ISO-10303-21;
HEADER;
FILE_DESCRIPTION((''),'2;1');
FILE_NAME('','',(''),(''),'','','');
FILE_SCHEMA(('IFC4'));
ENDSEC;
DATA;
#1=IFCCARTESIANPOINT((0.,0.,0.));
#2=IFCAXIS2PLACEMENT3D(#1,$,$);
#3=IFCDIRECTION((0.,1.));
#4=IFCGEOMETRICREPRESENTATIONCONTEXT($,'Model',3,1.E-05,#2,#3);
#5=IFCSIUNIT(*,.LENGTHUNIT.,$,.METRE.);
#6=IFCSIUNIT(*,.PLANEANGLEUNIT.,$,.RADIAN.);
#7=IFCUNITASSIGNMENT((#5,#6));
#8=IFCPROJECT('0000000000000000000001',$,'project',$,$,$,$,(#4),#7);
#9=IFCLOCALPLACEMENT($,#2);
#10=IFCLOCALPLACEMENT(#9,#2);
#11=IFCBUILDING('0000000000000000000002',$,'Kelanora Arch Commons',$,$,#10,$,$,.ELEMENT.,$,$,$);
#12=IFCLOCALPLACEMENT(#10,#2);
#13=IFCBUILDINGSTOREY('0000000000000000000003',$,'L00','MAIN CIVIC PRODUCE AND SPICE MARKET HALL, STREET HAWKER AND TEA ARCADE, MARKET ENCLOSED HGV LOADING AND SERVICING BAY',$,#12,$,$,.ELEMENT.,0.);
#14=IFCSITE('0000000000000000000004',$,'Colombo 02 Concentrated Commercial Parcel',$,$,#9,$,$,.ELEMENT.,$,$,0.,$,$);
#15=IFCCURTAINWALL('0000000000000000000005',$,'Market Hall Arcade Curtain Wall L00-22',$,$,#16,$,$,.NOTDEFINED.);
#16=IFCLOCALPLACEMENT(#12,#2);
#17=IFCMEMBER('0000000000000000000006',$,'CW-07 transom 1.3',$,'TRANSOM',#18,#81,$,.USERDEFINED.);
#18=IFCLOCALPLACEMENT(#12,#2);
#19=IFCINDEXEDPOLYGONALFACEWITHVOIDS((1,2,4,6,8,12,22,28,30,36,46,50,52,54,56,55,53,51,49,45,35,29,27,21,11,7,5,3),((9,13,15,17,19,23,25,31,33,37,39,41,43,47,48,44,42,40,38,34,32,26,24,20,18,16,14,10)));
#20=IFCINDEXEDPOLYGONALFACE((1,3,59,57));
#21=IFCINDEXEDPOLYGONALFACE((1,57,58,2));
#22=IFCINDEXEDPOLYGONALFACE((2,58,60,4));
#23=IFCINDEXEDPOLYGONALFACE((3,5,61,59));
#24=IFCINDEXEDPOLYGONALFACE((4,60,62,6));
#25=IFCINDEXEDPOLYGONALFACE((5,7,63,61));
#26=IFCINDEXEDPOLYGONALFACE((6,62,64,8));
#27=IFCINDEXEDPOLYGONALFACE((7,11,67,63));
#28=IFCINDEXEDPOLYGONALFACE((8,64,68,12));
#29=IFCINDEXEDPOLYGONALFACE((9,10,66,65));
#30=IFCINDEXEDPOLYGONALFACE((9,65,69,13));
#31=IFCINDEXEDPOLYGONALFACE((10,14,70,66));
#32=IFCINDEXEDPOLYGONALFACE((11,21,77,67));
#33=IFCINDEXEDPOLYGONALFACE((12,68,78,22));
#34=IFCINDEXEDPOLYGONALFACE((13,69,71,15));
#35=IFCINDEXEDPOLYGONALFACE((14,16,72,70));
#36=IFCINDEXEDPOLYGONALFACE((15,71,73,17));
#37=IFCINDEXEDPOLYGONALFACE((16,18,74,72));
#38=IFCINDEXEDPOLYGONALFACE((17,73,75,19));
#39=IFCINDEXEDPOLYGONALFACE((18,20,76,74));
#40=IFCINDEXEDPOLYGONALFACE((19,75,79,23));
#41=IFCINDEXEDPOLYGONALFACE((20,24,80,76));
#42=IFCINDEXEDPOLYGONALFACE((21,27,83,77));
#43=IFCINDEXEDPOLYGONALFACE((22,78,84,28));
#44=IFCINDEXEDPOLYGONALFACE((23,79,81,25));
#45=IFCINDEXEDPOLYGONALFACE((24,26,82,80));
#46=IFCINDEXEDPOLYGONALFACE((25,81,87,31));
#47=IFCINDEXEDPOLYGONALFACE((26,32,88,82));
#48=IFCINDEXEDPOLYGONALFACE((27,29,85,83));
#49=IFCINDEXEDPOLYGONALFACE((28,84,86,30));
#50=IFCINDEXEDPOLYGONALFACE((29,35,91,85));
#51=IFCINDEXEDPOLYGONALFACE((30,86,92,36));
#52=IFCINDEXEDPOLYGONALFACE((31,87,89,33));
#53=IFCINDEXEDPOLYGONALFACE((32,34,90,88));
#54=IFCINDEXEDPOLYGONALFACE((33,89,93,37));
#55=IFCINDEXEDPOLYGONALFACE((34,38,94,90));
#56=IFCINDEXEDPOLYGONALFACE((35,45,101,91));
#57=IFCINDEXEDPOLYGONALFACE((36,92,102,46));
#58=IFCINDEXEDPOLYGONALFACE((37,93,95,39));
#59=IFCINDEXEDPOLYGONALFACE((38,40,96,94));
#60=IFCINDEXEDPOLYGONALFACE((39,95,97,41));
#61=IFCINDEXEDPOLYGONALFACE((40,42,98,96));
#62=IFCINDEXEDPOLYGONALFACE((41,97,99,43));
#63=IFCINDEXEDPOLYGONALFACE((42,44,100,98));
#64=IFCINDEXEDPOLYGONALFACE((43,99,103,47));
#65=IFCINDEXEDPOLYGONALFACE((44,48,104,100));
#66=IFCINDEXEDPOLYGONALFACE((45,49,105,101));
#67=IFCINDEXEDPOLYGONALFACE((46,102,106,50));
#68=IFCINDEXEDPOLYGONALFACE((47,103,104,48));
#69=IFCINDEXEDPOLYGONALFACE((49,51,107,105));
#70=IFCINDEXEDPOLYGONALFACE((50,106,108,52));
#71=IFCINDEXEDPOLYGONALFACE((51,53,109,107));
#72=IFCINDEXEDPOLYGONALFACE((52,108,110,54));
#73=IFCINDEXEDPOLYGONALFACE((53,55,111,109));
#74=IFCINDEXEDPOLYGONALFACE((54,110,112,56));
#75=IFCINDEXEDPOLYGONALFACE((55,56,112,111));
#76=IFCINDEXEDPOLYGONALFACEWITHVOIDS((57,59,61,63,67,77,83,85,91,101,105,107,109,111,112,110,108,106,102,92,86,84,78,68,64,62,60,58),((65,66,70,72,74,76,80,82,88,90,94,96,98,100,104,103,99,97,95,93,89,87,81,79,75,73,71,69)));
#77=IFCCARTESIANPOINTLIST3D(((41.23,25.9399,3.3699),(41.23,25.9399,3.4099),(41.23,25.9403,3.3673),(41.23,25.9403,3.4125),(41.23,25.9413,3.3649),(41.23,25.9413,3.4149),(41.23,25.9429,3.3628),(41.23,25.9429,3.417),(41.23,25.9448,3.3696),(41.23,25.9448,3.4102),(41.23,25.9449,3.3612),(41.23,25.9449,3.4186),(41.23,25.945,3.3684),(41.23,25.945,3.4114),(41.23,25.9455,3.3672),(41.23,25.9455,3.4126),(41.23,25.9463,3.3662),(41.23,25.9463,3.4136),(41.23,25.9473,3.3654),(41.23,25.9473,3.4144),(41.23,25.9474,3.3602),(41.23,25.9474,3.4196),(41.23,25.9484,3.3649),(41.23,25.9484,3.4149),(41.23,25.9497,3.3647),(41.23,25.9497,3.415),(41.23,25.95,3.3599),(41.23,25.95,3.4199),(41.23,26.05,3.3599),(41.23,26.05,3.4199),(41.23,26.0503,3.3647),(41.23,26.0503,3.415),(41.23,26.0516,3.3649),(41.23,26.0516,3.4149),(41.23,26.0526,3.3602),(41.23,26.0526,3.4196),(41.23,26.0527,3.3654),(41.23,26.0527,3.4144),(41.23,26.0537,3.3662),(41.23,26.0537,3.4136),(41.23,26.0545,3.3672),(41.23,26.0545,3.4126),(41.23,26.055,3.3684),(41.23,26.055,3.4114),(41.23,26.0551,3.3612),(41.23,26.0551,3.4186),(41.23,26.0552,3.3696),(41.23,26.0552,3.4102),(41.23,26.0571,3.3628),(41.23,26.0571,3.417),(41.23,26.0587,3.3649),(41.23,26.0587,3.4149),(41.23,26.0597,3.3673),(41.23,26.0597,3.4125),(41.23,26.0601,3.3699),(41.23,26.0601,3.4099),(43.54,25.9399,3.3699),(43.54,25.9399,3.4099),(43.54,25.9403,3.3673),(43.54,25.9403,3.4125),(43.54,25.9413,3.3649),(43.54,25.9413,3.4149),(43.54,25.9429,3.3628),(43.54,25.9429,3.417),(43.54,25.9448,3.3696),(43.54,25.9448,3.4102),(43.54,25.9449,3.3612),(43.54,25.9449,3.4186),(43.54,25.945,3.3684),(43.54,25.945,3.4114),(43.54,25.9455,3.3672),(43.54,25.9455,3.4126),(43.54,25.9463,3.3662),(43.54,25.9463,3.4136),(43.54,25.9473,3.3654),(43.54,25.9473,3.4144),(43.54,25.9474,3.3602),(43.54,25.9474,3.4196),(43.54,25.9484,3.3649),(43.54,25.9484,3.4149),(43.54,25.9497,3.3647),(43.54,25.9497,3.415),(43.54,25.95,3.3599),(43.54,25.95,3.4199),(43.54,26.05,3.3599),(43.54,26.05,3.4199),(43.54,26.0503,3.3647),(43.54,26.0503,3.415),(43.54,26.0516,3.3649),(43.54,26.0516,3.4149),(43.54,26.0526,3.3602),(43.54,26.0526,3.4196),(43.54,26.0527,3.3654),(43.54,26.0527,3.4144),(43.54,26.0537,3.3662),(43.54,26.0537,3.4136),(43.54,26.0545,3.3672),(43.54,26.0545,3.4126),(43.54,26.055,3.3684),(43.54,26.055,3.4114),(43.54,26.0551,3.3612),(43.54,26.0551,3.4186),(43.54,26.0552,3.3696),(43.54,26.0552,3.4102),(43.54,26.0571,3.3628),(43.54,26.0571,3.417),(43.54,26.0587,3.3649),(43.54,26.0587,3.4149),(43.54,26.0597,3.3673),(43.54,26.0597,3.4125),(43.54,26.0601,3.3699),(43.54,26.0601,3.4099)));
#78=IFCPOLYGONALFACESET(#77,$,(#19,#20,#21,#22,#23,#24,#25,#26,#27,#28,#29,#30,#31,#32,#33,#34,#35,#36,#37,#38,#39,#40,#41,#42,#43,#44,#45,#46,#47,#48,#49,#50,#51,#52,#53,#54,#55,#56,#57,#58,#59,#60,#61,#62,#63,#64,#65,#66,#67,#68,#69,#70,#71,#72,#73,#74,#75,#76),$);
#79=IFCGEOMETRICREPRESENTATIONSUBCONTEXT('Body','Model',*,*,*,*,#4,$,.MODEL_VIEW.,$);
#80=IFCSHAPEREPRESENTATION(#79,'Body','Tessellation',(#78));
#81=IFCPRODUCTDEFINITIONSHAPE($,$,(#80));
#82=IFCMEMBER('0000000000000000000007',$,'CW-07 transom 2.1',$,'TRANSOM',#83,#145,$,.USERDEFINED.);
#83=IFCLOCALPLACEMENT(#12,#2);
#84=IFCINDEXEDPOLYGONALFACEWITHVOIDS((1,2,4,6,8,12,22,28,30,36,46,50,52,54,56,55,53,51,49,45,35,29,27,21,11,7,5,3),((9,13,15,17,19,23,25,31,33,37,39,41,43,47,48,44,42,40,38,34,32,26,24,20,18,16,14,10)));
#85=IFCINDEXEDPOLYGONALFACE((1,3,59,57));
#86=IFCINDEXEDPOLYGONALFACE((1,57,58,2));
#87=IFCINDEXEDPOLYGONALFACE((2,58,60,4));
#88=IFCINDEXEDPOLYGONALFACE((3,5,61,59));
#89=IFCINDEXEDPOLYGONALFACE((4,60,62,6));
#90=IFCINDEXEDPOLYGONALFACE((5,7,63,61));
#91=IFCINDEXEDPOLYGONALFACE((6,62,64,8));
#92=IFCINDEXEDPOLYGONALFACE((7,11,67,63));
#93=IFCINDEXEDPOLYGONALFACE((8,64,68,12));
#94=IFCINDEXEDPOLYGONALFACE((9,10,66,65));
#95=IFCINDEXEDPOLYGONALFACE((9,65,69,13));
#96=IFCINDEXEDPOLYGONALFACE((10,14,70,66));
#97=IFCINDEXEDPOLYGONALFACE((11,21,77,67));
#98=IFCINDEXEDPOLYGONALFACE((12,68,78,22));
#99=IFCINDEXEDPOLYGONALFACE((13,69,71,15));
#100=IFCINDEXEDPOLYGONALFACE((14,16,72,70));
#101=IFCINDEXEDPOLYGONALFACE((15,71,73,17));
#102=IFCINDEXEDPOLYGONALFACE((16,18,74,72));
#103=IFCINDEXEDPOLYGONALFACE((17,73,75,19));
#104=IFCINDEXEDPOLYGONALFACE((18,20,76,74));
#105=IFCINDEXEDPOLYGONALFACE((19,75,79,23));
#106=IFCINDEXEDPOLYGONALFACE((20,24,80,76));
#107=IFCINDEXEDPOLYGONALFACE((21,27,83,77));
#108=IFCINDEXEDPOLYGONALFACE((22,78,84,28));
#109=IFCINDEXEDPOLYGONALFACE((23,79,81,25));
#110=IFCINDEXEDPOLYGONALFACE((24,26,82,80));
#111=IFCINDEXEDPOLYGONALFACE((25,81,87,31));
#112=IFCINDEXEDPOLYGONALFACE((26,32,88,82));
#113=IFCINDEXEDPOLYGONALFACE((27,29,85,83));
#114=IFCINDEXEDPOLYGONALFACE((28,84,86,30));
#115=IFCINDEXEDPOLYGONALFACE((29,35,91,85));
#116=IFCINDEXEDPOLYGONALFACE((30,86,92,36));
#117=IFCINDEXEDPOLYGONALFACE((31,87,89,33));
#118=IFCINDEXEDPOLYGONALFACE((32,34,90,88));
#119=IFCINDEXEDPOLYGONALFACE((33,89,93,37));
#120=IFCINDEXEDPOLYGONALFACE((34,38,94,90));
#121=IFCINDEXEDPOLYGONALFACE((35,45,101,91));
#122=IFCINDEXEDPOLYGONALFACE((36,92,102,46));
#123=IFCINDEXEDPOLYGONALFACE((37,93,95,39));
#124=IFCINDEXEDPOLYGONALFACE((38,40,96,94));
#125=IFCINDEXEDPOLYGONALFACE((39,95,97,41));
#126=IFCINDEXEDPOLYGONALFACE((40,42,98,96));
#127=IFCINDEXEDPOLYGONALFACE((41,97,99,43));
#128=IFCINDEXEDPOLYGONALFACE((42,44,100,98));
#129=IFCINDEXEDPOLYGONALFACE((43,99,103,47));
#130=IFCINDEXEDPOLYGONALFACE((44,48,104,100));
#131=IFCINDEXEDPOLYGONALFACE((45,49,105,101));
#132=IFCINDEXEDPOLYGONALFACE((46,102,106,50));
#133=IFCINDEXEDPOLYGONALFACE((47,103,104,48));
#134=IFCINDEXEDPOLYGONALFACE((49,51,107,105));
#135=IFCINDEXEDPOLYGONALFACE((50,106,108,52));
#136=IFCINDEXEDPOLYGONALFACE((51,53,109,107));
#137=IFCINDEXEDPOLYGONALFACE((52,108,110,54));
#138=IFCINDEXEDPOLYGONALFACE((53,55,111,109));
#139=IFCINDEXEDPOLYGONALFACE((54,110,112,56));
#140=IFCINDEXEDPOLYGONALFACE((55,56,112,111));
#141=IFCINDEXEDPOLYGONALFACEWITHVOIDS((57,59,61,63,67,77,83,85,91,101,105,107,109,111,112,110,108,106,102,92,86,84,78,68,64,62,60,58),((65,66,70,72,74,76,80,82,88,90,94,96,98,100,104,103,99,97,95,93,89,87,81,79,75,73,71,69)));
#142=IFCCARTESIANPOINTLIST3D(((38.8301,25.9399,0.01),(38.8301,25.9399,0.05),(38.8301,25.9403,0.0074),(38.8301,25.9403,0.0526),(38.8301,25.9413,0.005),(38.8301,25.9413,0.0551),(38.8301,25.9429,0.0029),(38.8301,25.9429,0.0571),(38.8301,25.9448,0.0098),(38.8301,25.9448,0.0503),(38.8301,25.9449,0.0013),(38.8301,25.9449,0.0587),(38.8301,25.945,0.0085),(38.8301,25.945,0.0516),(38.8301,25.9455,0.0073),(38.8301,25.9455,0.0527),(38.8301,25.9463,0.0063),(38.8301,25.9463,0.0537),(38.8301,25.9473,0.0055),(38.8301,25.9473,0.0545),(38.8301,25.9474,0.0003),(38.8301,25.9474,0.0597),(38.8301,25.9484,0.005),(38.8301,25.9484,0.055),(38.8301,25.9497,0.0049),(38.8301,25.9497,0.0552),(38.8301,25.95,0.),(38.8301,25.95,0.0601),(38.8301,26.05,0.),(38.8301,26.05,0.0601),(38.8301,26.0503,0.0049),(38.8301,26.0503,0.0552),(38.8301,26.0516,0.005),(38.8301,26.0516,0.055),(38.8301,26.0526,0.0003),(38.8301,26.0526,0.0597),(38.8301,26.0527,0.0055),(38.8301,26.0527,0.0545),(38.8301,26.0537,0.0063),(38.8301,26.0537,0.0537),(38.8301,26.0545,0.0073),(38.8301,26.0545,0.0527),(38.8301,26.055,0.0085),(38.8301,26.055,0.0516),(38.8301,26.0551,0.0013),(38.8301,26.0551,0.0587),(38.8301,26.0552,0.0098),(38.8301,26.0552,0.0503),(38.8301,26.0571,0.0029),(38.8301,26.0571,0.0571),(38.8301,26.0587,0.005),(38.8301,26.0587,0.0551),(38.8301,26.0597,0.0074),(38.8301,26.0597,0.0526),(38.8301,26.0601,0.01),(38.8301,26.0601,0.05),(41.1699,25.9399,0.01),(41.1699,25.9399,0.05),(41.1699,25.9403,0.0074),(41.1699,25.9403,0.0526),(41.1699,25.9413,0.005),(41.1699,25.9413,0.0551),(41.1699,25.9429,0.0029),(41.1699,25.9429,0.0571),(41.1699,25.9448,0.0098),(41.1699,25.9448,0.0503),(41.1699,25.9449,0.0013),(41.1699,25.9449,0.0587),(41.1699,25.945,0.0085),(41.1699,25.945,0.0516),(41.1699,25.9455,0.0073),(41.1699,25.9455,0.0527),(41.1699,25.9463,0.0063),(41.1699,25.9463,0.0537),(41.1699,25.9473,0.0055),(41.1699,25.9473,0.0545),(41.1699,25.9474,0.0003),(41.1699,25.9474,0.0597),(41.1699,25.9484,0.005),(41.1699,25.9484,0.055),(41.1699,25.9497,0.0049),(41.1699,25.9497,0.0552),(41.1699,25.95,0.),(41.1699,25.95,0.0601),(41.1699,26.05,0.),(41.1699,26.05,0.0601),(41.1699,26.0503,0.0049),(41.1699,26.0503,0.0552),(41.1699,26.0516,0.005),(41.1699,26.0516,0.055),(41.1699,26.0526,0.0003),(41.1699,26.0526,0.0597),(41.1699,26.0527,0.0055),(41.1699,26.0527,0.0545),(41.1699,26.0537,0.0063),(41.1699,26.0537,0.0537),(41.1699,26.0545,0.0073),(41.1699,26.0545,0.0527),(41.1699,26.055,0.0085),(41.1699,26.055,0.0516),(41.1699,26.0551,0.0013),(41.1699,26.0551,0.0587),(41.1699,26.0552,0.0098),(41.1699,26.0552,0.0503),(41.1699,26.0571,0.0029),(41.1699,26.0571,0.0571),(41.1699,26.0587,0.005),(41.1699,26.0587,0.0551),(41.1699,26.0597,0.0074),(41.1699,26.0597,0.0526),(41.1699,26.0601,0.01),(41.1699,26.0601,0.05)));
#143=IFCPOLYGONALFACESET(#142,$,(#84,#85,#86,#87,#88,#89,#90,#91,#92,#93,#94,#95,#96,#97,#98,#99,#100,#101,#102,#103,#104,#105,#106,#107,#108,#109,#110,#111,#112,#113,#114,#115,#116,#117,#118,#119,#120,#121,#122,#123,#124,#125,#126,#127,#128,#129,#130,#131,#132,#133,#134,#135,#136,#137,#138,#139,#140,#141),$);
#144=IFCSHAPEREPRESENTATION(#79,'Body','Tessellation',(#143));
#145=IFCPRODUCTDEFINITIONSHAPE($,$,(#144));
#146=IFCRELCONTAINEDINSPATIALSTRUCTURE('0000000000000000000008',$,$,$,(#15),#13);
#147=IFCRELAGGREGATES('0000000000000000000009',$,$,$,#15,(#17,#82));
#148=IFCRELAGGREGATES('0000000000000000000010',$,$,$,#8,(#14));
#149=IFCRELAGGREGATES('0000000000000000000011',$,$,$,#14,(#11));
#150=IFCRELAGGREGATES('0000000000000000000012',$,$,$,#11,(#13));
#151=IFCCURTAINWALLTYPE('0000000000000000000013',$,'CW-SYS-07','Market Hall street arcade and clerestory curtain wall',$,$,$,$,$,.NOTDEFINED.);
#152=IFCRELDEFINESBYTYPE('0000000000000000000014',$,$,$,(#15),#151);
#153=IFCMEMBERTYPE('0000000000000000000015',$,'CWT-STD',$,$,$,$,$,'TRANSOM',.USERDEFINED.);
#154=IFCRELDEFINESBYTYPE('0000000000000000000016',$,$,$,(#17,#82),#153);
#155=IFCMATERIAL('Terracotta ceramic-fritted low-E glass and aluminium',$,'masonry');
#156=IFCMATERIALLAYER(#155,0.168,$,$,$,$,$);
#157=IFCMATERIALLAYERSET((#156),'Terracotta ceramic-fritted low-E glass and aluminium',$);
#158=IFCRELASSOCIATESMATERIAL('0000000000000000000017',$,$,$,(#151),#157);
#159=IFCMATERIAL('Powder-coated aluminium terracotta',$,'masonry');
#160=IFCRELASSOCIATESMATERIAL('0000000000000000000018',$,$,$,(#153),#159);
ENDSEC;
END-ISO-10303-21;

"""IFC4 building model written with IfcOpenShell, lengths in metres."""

from ifc_helpers import new_model, si_unit, direction, frame, origin, origin_2d, place, context, subcontext, project, spatial, hollow_rectangle, extrude, material, layer, layer_set, material_profile, profile_set, type_object, element, aggregate, save


model = new_model("IFC4")

# Units and contexts
model_context = context("Model", 3, precision=1e-05, world=origin(), true_north=direction((0.0, 1.0)))
body_context = subcontext(model_context, "Body", "Model", "MODEL_VIEW")
ifc_project = project(units=[si_unit("LENGTHUNIT", "METRE"), si_unit("PLANEANGLEUNIT", "RADIAN")], contexts=[model_context])

# Site, building, storey
site_placement = place(None, origin())
site = spatial("IfcSite", under=ifc_project, at=site_placement, Name="Colombo 02 Concentrated Commercial Parcel", CompositionType="ELEMENT", RefElevation=0.0)
building_placement = place(site_placement, origin())
building = spatial("IfcBuilding", under=site, at=building_placement, Name="Kelanora Arch Commons", CompositionType="ELEMENT")
storey_placement = place(building_placement, origin())
storey = spatial("IfcBuildingStorey", under=building, at=storey_placement, Name="L00", Description="MAIN CIVIC PRODUCE AND SPICE MARKET HALL, STREET HAWKER AND TEA ARCADE, MARKET ENCLOSED HGV LOADING AND SERVICING BAY", CompositionType="ELEMENT", Elevation=0.0)

# Curtain wall, members
ifc_material_1 = material(Name="Terracotta ceramic-fritted low-E glass and aluminium", Category="masonry")
ifc_layer_1 = layer(ifc_material_1, 0.168)
ifc_layer_set_1 = layer_set([ifc_layer_1], Name="Terracotta ceramic-fritted low-E glass and aluminium")
curtain_wall_type = type_object("IfcCurtainWallType", Name="CW-SYS-07", Description="Market Hall street arcade and clerestory curtain wall", PredefinedType="NOTDEFINED", material=ifc_layer_set_1)
curtain_wall_placement = place(storey_placement, origin())
curtain_wall = element("IfcCurtainWall", 1, at=curtain_wall_placement, inside=storey, type_object=curtain_wall_type, Name="Market Hall Arcade Curtain Wall L00-22", PredefinedType="NOTDEFINED")
ifc_material_2 = material(Name="Powder-coated aluminium terracotta", Category="masonry")
ifc_material_profile_1 = material_profile(ifc_material_2, hollow_rectangle(XDim=0.1201, YDim=0.0601, WallThickness=0.0049, InnerFilletRadius=0.0049, OuterFilletRadius=0.01, at=origin_2d()), Name="CWT120x60")
ifc_profile_set_1 = profile_set([ifc_material_profile_1], Name="Powder-coated aluminium terracotta")
member_type_1 = type_object("IfcMemberType", Name="CWT-STD", ElementType="TRANSOM", PredefinedType="USERDEFINED", material=ifc_profile_set_1)
member_1_placement = place(storey_placement, frame((43.54, 26.0, 3.3899), z_axis=(-1.0, 0.0, 0.0), x_axis=(0.0, -1.0, 0.0)))
member_1 = element("IfcMember", 2, at=member_1_placement, type_object=member_type_1, Name="CW-07 transom 1.3", ObjectType="TRANSOM", PredefinedType="USERDEFINED", context=body_context, shape_type="SweptSolid", body=[
    extrude(hollow_rectangle(XDim=0.1201, YDim=0.0601, WallThickness=0.0049, InnerFilletRadius=0.0049, OuterFilletRadius=0.01, at=origin_2d()), origin(), (0.0, 0.0, 1.0), 2.3101),
])
member_2_placement = place(storey_placement, frame((41.1699, 26.0, 0.03), z_axis=(-1.0, 0.0, 0.0), x_axis=(0.0, -1.0, 0.0)))
member_2 = element("IfcMember", 3, at=member_2_placement, type_object=member_type_1, Name="CW-07 transom 2.1", ObjectType="TRANSOM", PredefinedType="USERDEFINED", context=body_context, shape_type="SweptSolid", body=[
    extrude(hollow_rectangle(XDim=0.1201, YDim=0.0601, WallThickness=0.0049, InnerFilletRadius=0.0049, OuterFilletRadius=0.01, at=origin_2d()), origin(), (0.0, 0.0, 1.0), 2.3398),
])
aggregate(curtain_wall, [member_1, member_2])

save(model, "model.ifc")
